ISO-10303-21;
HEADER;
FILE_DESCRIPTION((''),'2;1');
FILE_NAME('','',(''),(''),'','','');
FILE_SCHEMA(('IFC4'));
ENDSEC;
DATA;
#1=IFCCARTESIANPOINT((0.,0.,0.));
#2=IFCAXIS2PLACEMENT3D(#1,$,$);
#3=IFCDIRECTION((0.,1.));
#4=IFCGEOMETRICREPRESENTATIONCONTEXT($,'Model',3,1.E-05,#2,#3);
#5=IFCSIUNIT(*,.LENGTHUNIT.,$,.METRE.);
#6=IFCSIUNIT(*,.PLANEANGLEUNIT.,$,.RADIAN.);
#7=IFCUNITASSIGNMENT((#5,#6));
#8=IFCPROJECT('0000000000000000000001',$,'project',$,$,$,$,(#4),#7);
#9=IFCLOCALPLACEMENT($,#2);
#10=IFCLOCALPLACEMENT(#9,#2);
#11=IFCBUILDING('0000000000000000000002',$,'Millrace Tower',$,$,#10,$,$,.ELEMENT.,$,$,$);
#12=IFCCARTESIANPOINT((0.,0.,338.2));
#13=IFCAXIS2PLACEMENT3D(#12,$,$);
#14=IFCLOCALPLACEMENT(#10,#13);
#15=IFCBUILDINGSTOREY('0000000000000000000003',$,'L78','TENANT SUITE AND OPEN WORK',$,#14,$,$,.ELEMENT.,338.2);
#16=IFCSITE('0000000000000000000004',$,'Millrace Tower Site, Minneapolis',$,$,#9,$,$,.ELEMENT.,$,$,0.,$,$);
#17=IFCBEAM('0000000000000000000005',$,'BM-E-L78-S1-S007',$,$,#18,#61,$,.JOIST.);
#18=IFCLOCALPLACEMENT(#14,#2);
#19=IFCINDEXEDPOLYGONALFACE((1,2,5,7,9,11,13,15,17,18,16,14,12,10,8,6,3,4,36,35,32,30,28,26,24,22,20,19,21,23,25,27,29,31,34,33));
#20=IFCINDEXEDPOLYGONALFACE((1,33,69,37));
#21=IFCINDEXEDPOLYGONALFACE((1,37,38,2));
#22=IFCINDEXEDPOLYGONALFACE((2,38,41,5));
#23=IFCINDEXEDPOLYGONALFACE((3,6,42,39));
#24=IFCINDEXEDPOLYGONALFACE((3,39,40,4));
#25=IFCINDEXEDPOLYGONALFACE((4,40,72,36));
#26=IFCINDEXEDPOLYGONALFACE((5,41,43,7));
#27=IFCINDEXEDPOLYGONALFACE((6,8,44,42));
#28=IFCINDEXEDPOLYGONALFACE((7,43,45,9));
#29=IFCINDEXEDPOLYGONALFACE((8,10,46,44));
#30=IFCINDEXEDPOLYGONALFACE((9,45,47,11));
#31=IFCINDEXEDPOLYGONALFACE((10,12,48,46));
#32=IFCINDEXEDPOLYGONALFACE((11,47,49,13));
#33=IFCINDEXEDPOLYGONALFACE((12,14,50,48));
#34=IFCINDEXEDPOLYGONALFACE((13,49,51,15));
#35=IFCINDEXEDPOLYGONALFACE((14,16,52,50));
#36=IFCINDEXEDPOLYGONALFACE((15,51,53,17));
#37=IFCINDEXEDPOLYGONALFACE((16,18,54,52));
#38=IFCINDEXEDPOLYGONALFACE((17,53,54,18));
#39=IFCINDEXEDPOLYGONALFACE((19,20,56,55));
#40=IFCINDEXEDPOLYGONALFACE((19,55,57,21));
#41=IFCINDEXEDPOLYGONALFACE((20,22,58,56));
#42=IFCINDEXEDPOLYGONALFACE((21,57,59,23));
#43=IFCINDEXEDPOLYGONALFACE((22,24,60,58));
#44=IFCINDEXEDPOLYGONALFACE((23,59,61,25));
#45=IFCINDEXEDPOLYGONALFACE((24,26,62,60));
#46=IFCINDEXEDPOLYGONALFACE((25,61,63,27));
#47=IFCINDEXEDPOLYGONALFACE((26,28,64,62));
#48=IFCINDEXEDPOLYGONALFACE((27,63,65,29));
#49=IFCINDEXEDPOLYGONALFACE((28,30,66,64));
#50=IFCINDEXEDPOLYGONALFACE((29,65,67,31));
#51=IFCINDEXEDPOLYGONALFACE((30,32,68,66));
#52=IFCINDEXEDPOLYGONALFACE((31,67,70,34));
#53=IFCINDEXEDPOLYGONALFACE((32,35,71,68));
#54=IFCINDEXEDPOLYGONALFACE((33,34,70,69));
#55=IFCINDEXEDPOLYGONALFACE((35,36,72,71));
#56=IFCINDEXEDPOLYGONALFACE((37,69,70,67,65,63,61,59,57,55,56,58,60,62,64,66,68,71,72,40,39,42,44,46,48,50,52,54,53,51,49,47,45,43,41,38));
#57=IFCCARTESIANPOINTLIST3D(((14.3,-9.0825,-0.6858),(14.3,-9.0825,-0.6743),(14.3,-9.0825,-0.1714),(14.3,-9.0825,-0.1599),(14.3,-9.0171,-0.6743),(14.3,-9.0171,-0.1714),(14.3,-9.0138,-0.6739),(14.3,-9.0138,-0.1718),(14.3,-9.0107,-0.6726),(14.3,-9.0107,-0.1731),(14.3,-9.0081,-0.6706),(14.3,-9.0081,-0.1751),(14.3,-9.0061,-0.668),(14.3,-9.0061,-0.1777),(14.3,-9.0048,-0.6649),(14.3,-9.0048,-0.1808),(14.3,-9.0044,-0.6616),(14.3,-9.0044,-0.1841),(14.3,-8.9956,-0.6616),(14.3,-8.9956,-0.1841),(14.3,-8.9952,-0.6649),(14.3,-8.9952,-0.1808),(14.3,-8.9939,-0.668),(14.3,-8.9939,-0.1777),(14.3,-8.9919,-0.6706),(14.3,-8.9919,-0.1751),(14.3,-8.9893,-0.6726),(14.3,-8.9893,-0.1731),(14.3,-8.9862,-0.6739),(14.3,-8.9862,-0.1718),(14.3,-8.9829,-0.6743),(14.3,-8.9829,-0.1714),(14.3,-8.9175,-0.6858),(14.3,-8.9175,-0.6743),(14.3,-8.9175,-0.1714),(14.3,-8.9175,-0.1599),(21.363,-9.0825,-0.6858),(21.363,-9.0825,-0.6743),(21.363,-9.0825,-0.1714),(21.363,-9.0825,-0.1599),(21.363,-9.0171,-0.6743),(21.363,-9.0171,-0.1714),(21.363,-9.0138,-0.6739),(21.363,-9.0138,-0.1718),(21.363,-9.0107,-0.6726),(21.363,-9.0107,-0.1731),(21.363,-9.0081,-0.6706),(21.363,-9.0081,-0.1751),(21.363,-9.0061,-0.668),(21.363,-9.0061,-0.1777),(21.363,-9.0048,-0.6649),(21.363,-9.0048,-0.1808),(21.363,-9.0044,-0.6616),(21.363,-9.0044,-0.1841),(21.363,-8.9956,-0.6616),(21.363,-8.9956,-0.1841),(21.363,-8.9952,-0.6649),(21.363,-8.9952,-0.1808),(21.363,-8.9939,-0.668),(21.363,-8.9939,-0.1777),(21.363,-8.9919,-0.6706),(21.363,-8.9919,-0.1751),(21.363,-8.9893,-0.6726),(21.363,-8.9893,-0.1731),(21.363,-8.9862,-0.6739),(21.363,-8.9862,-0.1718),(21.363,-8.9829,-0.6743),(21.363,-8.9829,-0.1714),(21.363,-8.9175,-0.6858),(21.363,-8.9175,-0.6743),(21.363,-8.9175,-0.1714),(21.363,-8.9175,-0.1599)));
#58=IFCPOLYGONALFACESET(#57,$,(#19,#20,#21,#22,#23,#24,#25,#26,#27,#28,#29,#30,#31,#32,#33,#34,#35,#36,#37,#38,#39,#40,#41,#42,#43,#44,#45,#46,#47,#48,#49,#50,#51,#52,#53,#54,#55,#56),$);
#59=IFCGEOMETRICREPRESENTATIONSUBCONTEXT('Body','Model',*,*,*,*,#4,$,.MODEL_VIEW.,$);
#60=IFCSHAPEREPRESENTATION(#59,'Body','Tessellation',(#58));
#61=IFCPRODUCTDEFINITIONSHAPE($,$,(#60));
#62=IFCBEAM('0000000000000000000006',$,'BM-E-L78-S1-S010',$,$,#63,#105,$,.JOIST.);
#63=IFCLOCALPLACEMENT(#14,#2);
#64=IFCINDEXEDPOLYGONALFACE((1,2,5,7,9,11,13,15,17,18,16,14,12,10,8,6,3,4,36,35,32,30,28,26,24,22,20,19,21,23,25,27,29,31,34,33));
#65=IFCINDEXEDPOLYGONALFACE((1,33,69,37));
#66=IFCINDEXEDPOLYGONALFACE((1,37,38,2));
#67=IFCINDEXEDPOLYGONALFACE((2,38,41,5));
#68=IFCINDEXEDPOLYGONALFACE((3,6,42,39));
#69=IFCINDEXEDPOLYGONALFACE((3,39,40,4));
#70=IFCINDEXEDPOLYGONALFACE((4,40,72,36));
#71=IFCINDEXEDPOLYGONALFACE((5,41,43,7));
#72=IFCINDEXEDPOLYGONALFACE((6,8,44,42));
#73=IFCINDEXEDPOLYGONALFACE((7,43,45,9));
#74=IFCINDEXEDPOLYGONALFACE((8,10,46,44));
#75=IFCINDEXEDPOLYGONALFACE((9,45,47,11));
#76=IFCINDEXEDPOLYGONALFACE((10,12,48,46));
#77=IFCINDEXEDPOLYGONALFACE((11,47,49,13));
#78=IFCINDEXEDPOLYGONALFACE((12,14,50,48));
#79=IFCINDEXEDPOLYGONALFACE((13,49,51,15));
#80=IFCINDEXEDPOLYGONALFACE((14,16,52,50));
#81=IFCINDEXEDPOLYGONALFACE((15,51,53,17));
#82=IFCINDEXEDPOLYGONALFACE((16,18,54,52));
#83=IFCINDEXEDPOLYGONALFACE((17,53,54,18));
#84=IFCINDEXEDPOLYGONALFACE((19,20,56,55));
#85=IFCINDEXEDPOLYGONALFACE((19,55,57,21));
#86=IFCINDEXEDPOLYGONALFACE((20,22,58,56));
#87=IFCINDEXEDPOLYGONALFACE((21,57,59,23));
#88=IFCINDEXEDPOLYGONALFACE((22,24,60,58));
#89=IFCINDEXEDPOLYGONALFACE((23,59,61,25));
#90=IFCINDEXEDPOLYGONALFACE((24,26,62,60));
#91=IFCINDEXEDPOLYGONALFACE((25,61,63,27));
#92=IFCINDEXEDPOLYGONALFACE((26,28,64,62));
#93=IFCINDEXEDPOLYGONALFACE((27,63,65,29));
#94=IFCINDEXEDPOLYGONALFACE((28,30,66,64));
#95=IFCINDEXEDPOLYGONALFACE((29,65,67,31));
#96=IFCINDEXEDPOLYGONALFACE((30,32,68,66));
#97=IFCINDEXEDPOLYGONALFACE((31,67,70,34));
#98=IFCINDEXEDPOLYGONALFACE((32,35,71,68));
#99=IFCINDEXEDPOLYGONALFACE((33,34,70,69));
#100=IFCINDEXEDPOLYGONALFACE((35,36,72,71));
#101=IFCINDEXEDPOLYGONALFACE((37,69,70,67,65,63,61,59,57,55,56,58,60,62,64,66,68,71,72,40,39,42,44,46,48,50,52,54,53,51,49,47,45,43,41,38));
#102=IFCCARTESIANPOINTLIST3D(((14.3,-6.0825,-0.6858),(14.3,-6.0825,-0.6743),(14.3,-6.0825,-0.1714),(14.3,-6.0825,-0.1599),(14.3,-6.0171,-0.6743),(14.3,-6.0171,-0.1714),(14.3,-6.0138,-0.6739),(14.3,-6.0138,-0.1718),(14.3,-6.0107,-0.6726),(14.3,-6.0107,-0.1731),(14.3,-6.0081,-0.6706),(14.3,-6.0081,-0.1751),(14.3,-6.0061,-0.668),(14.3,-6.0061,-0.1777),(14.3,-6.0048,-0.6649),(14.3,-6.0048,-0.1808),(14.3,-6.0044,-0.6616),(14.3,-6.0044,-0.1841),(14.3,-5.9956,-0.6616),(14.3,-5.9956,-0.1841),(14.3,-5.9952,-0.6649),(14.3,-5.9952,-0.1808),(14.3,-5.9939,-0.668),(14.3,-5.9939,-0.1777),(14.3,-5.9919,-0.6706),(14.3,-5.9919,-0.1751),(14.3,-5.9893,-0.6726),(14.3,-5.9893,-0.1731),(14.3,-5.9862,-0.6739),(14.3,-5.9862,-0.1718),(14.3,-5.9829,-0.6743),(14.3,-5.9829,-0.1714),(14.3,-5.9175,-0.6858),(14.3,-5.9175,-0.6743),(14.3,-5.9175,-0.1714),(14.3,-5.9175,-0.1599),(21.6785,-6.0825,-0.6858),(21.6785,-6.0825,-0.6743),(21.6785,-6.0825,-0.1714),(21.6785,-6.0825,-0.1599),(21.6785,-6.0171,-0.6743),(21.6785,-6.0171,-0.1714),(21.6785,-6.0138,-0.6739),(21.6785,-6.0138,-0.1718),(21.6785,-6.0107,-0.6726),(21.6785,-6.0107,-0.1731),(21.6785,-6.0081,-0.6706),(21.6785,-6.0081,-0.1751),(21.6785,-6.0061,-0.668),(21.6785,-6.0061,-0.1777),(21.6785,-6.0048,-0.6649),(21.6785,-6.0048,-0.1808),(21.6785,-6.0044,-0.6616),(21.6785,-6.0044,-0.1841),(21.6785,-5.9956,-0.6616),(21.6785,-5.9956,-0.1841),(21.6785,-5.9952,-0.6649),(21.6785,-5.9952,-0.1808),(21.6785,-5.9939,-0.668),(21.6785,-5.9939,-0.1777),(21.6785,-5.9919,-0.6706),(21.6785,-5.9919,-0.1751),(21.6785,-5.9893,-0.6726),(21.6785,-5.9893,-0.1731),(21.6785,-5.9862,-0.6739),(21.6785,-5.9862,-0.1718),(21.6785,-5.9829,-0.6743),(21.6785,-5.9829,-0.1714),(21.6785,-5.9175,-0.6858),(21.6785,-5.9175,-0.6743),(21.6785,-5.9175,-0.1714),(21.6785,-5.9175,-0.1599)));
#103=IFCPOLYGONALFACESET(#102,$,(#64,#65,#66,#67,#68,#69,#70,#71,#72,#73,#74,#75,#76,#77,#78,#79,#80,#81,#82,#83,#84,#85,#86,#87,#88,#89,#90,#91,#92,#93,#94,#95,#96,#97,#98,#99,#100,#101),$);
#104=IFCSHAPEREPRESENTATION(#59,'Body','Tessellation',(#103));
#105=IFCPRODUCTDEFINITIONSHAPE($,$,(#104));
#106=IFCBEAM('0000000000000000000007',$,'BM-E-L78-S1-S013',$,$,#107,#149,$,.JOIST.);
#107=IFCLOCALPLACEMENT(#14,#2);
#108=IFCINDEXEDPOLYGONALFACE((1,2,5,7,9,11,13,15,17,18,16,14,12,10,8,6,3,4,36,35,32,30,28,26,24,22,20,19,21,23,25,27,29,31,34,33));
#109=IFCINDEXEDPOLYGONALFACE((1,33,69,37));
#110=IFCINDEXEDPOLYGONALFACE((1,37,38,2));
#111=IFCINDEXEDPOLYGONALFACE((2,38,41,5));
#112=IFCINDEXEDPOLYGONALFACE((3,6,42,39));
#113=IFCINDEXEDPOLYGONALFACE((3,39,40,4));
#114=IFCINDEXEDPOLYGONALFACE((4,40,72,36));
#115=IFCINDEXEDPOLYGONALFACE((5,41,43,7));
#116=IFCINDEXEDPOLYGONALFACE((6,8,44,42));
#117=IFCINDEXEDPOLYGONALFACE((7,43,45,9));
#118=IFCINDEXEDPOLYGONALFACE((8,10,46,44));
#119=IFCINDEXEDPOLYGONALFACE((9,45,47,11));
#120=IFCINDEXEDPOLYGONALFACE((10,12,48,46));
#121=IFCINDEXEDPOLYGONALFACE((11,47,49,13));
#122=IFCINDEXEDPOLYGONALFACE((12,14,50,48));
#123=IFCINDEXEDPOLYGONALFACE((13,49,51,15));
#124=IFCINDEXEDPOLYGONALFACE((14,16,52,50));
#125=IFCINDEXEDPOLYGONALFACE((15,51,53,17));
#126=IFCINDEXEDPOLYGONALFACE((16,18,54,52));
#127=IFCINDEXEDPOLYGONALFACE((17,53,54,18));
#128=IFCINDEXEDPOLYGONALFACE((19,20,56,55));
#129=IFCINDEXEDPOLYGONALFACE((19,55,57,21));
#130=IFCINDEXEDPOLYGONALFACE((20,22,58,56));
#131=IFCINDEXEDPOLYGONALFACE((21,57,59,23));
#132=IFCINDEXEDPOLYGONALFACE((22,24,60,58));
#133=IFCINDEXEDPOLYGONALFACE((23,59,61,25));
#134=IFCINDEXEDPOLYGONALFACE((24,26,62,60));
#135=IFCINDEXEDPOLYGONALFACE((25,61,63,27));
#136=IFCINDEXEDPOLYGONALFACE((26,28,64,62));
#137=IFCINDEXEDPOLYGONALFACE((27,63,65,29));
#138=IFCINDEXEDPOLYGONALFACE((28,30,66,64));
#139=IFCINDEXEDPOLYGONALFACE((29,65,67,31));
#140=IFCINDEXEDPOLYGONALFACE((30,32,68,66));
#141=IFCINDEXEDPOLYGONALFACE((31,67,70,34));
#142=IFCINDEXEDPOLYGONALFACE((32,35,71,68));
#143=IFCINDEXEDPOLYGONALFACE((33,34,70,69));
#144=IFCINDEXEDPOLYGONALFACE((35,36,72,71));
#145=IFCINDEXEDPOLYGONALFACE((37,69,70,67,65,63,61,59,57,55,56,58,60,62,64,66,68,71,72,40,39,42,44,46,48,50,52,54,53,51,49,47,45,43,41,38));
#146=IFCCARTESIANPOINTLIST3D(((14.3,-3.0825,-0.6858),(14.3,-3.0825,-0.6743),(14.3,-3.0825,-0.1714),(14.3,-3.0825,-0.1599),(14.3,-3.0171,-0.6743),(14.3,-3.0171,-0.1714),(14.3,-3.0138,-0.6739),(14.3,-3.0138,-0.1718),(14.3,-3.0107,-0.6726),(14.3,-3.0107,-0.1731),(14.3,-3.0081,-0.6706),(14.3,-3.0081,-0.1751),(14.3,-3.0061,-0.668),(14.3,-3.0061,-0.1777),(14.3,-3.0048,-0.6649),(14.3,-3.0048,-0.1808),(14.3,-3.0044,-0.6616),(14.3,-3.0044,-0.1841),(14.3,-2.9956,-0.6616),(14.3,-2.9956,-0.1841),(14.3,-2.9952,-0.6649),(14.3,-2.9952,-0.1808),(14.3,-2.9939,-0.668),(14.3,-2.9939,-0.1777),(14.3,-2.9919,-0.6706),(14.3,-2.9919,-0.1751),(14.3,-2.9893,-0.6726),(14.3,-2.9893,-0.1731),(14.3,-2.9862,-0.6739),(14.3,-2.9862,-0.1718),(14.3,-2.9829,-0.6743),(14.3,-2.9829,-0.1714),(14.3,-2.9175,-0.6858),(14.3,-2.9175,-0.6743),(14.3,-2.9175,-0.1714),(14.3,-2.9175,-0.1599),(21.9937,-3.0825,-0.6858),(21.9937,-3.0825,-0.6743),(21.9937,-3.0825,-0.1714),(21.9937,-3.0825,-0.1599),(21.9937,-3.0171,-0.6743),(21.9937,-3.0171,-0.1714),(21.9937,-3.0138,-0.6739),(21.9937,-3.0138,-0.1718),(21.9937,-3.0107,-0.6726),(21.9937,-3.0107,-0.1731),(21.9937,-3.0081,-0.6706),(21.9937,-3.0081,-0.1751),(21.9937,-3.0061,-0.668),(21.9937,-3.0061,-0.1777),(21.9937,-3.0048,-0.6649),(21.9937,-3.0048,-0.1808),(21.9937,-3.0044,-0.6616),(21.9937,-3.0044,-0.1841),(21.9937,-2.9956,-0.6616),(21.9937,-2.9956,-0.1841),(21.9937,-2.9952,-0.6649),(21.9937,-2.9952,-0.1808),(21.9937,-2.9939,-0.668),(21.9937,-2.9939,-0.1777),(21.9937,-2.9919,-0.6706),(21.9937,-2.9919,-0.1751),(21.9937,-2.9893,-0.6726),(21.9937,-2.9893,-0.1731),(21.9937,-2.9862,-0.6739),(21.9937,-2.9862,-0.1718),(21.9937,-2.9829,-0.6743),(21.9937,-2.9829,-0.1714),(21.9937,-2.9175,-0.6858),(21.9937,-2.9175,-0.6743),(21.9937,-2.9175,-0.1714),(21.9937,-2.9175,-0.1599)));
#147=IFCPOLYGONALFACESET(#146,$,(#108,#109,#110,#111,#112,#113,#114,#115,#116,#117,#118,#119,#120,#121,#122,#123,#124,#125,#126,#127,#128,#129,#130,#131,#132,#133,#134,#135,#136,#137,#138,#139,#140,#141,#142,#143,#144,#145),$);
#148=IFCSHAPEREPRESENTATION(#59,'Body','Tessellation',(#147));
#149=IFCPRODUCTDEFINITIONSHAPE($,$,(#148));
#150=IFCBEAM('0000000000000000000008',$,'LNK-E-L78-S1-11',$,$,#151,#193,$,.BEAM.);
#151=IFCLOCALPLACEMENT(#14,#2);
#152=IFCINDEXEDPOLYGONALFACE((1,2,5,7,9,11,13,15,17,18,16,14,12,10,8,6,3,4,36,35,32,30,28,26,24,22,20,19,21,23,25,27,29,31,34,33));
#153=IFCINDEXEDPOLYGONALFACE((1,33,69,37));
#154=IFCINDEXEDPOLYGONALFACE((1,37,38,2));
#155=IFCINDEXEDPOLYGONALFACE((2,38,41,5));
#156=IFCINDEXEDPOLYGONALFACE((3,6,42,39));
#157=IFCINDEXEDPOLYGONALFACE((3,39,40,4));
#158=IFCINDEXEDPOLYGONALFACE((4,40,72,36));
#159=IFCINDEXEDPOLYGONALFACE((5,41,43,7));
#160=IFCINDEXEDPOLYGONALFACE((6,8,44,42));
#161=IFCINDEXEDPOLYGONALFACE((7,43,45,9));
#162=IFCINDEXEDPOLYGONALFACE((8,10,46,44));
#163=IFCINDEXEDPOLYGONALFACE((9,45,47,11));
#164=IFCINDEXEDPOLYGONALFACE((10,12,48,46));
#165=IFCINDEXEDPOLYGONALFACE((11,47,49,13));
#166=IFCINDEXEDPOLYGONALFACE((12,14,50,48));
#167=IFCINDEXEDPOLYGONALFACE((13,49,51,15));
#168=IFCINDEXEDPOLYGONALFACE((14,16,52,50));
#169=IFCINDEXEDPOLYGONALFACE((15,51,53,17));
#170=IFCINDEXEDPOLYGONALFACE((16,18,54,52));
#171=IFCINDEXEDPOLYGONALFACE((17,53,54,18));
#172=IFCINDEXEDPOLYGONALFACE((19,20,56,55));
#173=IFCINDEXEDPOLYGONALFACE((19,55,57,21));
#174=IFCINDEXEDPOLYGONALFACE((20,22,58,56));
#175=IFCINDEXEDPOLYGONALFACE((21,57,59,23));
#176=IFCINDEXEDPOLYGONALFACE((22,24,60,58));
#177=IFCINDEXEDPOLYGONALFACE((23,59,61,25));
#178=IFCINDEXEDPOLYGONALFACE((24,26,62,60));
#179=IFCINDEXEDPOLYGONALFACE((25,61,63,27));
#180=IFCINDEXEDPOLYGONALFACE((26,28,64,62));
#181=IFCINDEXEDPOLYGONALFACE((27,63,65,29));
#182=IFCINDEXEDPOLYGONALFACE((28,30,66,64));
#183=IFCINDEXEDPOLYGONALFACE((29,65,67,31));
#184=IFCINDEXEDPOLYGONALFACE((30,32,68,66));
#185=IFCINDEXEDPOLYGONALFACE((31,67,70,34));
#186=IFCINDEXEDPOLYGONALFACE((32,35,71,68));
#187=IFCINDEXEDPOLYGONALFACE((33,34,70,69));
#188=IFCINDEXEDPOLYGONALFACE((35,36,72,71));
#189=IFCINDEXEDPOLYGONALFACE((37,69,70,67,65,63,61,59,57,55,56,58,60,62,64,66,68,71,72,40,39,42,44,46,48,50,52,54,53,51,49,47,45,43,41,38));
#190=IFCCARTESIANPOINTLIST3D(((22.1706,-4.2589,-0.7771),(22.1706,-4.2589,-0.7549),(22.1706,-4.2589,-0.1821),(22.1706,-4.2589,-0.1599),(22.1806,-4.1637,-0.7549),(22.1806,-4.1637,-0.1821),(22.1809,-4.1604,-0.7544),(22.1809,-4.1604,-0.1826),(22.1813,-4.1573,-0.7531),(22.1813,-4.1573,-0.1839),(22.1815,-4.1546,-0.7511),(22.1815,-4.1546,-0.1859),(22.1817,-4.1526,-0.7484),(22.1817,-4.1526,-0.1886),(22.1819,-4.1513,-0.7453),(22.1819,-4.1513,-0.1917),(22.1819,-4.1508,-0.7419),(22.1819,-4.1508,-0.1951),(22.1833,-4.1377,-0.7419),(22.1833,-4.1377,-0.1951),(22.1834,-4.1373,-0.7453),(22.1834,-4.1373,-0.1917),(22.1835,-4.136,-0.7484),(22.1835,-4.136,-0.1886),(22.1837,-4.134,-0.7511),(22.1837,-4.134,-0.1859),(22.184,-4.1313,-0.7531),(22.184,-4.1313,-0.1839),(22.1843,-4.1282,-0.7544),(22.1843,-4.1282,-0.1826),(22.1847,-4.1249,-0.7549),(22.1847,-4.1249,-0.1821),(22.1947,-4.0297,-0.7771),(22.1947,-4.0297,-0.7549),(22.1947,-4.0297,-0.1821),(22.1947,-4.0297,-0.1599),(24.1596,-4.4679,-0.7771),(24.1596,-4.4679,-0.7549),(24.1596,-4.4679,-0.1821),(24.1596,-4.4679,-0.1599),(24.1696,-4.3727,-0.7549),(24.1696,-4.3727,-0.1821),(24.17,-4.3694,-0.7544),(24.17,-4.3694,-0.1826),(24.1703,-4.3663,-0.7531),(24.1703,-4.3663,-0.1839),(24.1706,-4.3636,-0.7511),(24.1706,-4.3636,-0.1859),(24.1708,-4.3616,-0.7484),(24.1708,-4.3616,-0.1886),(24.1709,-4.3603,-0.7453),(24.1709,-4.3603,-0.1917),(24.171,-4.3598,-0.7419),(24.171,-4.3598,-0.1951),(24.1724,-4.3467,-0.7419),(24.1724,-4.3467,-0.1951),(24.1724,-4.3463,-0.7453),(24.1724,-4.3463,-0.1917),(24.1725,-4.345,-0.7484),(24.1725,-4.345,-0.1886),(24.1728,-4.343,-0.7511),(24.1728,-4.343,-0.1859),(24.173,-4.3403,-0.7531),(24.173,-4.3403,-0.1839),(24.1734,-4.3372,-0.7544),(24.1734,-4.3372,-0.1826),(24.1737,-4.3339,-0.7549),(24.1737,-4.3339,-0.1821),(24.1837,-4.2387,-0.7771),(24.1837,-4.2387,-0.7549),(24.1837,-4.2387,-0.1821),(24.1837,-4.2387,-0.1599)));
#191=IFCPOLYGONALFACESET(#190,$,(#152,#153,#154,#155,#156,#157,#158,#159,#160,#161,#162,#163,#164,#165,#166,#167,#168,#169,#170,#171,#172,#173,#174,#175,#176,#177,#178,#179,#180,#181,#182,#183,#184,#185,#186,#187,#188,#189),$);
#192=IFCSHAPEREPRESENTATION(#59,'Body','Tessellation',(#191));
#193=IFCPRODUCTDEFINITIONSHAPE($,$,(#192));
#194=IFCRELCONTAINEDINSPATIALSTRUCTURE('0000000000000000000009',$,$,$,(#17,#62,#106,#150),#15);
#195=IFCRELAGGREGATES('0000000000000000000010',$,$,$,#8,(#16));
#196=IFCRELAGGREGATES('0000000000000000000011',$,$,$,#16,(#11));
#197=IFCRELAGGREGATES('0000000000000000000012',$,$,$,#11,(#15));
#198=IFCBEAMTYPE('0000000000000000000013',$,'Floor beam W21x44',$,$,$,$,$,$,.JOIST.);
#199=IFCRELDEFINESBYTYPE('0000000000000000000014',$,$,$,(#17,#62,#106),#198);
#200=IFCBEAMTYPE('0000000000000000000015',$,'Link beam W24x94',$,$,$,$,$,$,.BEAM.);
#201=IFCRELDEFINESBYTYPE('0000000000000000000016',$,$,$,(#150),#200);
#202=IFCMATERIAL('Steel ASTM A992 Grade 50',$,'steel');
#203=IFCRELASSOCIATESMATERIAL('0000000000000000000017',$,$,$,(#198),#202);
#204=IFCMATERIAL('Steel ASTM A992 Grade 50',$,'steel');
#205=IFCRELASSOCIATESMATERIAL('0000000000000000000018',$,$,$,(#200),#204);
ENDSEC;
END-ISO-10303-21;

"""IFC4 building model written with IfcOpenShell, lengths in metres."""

from ifc_helpers import new_model, si_unit, direction, frame, origin, origin_2d, place, context, subcontext, project, spatial, i_section, extrude, material, material_profile, profile_set, type_object, element, save


model = new_model("IFC4")

# Units and contexts
model_context = context("Model", 3, precision=1e-05, world=origin(), true_north=direction((0.0, 1.0)))
body_context = subcontext(model_context, "Body", "Model", "MODEL_VIEW")
ifc_project = project(units=[si_unit("LENGTHUNIT", "METRE"), si_unit("PLANEANGLEUNIT", "RADIAN")], contexts=[model_context])

# Site, building, storey
site_placement = place(None, origin())
site = spatial("IfcSite", under=ifc_project, at=site_placement, Name="Millrace Tower Site, Minneapolis", CompositionType="ELEMENT", RefElevation=0.0)
building_placement = place(site_placement, origin())
building = spatial("IfcBuilding", under=site, at=building_placement, Name="Millrace Tower", CompositionType="ELEMENT")
storey_placement = place(building_placement, frame((0.0, 0.0, 338.2)))
storey = spatial("IfcBuildingStorey", under=building, at=storey_placement, Name="L78", Description="TENANT SUITE AND OPEN WORK", CompositionType="ELEMENT", Elevation=338.2)

# Beams
ifc_material_1 = material(Name="Steel ASTM A992 Grade 50", Category="steel")
ifc_material_profile_1 = material_profile(ifc_material_1, i_section(OverallWidth=0.165, OverallDepth=0.5259, WebThickness=0.0088, FlangeThickness=0.0115, FilletRadius=0.0127, at=origin_2d()))
ifc_profile_set_1 = profile_set([ifc_material_profile_1], Name="Steel ASTM A992 Grade 50")
beam_type_1 = type_object("IfcBeamType", Name="Floor beam W21x44", PredefinedType="JOIST", material=ifc_profile_set_1)
beam_1_placement = place(storey_placement, frame((14.3, -9.0, -0.4229), z_axis=(1.0, 0.0, 0.0), x_axis=(0.0, 1.0, 0.0)))
element("IfcBeam", 1, at=beam_1_placement, inside=storey, type_object=beam_type_1, Name="BM-E-L78-S1-S007", PredefinedType="JOIST", context=body_context, shape_type="SweptSolid", body=[
    extrude(i_section(OverallWidth=0.165, OverallDepth=0.5259, WebThickness=0.0088, FlangeThickness=0.0115, FilletRadius=0.0127, at=origin_2d()), origin(), (0.0, 0.0, 1.0), 7.063),
])
beam_2_placement = place(storey_placement, frame((14.3, -6.0, -0.4229), z_axis=(1.0, 0.0, 0.0), x_axis=(0.0, 1.0, 0.0)))
element("IfcBeam", 2, at=beam_2_placement, inside=storey, type_object=beam_type_1, Name="BM-E-L78-S1-S010", PredefinedType="JOIST", context=body_context, shape_type="SweptSolid", body=[
    extrude(i_section(OverallWidth=0.165, OverallDepth=0.5259, WebThickness=0.0088, FlangeThickness=0.0115, FilletRadius=0.0127, at=origin_2d()), origin(), (0.0, 0.0, 1.0), 7.3784),
])
beam_3_placement = place(storey_placement, frame((14.3, -3.0, -0.4229), z_axis=(1.0, 0.0, 0.0), x_axis=(0.0, 1.0, 0.0)))
element("IfcBeam", 3, at=beam_3_placement, inside=storey, type_object=beam_type_1, Name="BM-E-L78-S1-S013", PredefinedType="JOIST", context=body_context, shape_type="SweptSolid", body=[
    extrude(i_section(OverallWidth=0.165, OverallDepth=0.5259, WebThickness=0.0088, FlangeThickness=0.0115, FilletRadius=0.0127, at=origin_2d()), origin(), (0.0, 0.0, 1.0), 7.6936),
])
ifc_material_2 = material(Name="Steel ASTM A992 Grade 50", Category="steel")
ifc_material_profile_2 = material_profile(ifc_material_2, i_section(OverallWidth=0.2305, OverallDepth=0.6172, WebThickness=0.0132, FlangeThickness=0.0222, FilletRadius=0.0129, at=origin_2d()))
ifc_profile_set_2 = profile_set([ifc_material_profile_2], Name="Steel ASTM A992 Grade 50")
beam_type_2 = type_object("IfcBeamType", Name="Link beam W24x94", PredefinedType="BEAM", material=ifc_profile_set_2)
beam_4_placement = place(storey_placement, frame((22.1826, -4.1443, -0.4685), z_axis=(0.994526, -0.104494, 0.0), x_axis=(0.104494, 0.994526, 0.0)))
element("IfcBeam", 4, at=beam_4_placement, inside=storey, type_object=beam_type_2, Name="LNK-E-L78-S1-11", PredefinedType="BEAM", context=body_context, shape_type="SweptSolid", body=[
    extrude(i_section(OverallWidth=0.2305, OverallDepth=0.6172, WebThickness=0.0132, FlangeThickness=0.0222, FilletRadius=0.0129, at=origin_2d()), origin(), (0.0, 0.0, 1.0), 2.0),
])

save(model, "model.ifc")
